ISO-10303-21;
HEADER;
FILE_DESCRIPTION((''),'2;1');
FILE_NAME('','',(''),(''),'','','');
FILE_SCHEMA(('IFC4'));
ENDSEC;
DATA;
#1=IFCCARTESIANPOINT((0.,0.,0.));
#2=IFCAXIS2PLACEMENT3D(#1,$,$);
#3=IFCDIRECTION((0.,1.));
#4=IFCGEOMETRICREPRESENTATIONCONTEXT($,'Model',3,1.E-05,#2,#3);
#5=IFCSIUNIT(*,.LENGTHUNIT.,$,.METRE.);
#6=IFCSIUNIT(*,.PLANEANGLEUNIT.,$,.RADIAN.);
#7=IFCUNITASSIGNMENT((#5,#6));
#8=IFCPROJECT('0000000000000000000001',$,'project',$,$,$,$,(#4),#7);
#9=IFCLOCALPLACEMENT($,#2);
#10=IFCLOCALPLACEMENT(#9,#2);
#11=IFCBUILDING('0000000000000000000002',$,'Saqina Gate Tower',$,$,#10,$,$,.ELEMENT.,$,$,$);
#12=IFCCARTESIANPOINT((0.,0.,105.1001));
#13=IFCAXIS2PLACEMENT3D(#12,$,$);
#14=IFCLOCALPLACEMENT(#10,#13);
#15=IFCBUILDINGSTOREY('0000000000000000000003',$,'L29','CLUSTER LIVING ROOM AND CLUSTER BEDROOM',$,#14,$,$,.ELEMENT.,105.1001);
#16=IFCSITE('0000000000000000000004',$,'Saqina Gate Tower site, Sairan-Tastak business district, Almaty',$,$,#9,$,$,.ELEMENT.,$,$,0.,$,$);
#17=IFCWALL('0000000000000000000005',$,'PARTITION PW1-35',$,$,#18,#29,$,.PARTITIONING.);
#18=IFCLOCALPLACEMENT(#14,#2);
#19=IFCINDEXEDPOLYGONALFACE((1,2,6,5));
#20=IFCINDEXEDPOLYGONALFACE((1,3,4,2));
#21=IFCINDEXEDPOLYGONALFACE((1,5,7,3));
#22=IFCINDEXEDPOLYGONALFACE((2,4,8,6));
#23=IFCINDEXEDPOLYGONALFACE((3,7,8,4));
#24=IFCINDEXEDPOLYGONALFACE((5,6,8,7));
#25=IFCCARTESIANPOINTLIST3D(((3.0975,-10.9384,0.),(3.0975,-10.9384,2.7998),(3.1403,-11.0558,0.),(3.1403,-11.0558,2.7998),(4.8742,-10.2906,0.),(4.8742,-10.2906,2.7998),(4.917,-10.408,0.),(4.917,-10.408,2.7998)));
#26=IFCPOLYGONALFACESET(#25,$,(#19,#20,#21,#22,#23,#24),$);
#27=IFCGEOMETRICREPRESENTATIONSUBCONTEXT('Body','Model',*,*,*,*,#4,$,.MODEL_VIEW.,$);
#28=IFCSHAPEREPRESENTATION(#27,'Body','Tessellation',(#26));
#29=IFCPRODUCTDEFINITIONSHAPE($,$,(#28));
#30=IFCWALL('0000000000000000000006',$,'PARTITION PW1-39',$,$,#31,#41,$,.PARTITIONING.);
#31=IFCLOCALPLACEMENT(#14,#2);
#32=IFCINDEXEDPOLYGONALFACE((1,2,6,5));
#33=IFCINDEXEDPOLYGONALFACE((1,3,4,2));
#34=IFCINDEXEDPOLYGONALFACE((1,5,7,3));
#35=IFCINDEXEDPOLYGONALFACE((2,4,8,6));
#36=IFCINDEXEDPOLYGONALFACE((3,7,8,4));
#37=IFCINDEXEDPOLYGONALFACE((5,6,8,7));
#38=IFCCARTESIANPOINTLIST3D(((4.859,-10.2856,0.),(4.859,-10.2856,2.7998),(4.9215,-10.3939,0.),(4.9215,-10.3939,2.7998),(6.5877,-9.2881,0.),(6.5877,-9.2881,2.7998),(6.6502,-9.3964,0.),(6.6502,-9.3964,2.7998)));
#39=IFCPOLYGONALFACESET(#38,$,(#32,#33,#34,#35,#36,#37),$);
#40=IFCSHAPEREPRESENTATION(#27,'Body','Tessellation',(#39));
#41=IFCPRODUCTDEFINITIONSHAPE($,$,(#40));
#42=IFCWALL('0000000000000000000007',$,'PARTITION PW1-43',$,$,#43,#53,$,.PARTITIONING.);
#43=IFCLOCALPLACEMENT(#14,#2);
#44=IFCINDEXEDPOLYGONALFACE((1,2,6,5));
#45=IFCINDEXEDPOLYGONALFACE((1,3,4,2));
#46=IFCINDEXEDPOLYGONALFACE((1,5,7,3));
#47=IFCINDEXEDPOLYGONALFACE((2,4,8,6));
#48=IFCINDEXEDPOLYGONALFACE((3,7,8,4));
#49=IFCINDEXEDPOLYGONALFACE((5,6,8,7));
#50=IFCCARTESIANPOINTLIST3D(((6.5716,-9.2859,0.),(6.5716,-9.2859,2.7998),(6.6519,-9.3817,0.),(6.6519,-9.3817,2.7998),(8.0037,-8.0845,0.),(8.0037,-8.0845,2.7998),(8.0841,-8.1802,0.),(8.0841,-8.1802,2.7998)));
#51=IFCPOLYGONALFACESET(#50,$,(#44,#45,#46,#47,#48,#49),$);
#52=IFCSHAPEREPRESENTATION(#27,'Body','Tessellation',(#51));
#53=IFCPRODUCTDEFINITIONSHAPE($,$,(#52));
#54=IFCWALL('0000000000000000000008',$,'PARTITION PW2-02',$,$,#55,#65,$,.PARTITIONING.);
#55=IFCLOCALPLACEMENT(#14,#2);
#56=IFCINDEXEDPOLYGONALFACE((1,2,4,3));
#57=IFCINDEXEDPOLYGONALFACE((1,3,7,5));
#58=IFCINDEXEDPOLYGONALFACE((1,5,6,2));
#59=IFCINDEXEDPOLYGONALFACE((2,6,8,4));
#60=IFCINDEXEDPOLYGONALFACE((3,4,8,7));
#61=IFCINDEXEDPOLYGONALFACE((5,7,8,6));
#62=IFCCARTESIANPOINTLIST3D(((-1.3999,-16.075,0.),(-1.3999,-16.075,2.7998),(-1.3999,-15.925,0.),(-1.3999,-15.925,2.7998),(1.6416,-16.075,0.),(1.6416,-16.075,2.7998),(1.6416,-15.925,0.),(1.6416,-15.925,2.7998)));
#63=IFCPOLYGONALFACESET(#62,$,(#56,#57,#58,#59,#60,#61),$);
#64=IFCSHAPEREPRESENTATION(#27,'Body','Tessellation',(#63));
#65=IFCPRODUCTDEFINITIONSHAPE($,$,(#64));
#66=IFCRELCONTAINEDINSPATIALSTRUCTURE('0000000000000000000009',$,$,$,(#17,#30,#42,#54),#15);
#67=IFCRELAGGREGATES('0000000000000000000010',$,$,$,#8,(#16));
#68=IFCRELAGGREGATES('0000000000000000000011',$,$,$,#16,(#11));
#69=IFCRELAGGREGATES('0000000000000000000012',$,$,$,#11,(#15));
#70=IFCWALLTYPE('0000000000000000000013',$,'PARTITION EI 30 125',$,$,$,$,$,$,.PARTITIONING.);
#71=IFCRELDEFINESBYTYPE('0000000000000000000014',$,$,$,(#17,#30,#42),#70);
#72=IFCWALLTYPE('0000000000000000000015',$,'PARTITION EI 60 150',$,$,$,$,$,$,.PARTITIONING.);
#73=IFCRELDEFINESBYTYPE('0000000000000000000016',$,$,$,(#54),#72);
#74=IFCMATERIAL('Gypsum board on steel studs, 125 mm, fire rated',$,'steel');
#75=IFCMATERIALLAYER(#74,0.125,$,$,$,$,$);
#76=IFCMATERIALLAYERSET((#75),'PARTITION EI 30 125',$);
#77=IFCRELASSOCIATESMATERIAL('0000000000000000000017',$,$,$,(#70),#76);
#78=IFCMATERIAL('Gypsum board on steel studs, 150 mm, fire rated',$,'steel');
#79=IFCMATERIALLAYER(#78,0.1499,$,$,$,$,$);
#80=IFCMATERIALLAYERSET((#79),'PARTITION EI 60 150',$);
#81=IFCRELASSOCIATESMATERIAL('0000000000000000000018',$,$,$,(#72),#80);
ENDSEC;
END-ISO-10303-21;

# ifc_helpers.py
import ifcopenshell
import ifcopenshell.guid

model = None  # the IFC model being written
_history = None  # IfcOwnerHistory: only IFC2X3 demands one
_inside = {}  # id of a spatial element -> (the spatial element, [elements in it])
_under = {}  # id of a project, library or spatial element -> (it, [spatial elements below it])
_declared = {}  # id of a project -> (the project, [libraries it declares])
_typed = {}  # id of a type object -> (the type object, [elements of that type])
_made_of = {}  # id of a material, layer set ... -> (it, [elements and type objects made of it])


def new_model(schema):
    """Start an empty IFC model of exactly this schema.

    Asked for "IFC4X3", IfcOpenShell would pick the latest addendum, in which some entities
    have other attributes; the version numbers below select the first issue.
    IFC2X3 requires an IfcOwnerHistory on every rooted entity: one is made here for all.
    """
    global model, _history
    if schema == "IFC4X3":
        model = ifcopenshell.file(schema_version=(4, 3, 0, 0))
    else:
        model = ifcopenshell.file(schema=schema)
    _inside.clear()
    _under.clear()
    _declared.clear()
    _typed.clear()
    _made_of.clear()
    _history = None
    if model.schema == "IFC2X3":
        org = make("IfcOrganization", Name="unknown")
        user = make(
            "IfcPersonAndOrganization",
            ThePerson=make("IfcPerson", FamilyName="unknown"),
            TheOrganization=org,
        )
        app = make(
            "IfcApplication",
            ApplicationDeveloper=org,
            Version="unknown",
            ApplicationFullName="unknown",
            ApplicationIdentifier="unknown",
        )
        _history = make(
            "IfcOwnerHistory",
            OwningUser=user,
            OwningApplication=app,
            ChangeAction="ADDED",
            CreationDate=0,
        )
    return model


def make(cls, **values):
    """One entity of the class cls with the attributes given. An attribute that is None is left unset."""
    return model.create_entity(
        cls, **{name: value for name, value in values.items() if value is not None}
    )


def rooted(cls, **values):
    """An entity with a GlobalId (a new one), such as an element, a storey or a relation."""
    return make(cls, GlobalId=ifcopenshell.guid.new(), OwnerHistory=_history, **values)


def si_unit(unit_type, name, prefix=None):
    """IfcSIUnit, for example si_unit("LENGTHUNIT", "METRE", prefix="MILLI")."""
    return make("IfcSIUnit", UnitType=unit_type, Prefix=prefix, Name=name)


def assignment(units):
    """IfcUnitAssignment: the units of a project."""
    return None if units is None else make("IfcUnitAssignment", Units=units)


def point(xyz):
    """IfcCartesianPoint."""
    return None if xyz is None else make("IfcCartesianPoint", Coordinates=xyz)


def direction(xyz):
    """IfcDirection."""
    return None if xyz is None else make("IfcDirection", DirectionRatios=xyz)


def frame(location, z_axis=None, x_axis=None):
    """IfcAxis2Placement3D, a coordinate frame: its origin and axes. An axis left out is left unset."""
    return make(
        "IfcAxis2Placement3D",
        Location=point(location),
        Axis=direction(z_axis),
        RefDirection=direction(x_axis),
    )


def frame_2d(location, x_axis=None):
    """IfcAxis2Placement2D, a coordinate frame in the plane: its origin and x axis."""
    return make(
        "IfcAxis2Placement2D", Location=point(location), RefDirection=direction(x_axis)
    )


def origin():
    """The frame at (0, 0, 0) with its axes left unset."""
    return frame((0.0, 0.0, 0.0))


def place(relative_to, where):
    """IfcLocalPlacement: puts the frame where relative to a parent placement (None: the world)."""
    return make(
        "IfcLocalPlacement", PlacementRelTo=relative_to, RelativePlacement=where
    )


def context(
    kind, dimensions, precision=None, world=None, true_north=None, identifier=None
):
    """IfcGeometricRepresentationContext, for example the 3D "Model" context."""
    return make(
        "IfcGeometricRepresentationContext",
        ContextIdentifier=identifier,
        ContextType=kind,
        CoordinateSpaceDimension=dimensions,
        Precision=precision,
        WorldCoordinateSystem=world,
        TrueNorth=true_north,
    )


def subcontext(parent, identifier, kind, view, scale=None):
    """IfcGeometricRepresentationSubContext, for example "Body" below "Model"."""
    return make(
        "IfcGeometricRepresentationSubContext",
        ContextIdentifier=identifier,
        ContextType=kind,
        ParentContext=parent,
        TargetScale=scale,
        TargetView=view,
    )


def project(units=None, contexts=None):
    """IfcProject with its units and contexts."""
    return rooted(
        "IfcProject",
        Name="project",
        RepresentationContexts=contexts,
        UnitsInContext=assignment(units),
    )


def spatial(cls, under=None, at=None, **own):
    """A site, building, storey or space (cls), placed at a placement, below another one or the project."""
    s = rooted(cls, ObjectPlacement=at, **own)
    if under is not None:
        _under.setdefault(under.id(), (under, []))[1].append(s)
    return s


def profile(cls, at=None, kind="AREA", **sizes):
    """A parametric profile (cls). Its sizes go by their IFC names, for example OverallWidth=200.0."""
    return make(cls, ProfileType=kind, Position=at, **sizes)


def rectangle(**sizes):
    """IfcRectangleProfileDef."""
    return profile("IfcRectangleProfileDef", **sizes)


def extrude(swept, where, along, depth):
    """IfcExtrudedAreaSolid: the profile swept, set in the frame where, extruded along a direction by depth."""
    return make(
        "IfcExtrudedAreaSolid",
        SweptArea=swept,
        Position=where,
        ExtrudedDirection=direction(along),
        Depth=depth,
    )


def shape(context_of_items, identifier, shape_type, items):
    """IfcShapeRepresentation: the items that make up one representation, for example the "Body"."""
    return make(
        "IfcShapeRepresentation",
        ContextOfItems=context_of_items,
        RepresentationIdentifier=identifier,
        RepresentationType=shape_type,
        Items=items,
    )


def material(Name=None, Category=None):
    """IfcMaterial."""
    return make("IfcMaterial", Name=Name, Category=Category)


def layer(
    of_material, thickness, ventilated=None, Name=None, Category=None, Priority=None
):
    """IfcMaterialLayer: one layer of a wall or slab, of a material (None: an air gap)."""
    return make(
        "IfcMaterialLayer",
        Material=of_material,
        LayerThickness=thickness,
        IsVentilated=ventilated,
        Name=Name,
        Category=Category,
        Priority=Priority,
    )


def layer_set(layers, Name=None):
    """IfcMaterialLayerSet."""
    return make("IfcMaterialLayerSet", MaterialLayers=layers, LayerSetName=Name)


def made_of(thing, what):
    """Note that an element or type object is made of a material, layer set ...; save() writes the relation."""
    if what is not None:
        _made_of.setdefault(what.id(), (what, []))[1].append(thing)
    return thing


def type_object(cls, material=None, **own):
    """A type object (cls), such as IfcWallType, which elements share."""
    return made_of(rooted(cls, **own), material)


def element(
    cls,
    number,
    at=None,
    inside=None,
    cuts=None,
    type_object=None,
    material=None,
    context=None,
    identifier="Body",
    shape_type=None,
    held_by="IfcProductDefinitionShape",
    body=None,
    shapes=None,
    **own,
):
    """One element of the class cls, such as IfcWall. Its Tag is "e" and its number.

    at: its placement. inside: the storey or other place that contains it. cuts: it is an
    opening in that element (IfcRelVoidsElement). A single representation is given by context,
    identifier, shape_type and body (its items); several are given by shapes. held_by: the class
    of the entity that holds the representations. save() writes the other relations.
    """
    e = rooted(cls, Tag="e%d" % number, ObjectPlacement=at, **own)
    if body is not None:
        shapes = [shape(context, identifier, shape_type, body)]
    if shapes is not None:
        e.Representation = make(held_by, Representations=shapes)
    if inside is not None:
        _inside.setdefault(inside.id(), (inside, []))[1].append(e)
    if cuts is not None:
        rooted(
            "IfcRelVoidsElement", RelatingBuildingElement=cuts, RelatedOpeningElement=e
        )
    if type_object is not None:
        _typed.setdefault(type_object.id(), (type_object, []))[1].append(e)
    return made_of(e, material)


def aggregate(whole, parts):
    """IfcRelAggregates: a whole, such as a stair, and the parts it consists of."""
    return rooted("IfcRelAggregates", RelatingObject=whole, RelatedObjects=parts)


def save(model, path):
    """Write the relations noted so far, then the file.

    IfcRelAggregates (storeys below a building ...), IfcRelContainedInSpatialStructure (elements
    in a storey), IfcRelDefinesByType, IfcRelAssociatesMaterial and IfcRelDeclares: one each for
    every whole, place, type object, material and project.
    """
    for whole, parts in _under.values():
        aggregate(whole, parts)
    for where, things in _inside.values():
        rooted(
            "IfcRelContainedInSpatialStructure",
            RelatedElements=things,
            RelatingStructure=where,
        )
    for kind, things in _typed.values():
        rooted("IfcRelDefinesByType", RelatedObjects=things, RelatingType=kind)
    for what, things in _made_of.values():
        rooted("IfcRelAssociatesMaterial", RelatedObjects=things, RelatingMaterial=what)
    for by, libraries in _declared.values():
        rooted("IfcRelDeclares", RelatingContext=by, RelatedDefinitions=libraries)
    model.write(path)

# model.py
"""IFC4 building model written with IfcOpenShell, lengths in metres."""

from ifc_helpers import new_model, si_unit, direction, frame, frame_2d, origin, place, context, subcontext, project, spatial, rectangle, extrude, material, layer, layer_set, type_object, element, save


model = new_model("IFC4")

# Units and contexts
model_context = context("Model", 3, precision=1e-05, world=origin(), true_north=direction((0.0, 1.0)))
body_context = subcontext(model_context, "Body", "Model", "MODEL_VIEW")
ifc_project = project(units=[si_unit("LENGTHUNIT", "METRE"), si_unit("PLANEANGLEUNIT", "RADIAN")], contexts=[model_context])

# Site, building, storey
site_placement = place(None, origin())
site = spatial("IfcSite", under=ifc_project, at=site_placement, Name="Saqina Gate Tower site, Sairan-Tastak business district, Almaty", CompositionType="ELEMENT", RefElevation=0.0)
building_placement = place(site_placement, origin())
building = spatial("IfcBuilding", under=site, at=building_placement, Name="Saqina Gate Tower", CompositionType="ELEMENT")
storey_placement = place(building_placement, frame((0.0, 0.0, 105.1001)))
storey = spatial("IfcBuildingStorey", under=building, at=storey_placement, Name="L29", Description="CLUSTER LIVING ROOM AND CLUSTER BEDROOM", CompositionType="ELEMENT", Elevation=105.1001)

# Shared definitions
ifc_material_1 = material(Name="Gypsum board on steel studs, 125 mm, fire rated", Category="steel")
ifc_layer_1 = layer(ifc_material_1, 0.125)
ifc_layer_set_1 = layer_set([ifc_layer_1], Name="PARTITION EI 30 125")
wall_type_1 = type_object("IfcWallType", Name="PARTITION EI 30 125", PredefinedType="PARTITIONING", material=ifc_layer_set_1)

# Walls
wall_1_placement = place(storey_placement, frame((3.1189, -10.9971, 0.0), z_axis=(0.0, 0.0, 1.0), x_axis=(0.93951, 0.34252, 0.0)))
element("IfcWall", 1, at=wall_1_placement, inside=storey, type_object=wall_type_1, Name="PARTITION PW1-35", PredefinedType="PARTITIONING", context=body_context, shape_type="SweptSolid", body=[
    extrude(rectangle(XDim=1.8911, YDim=0.125, at=frame_2d((0.9456, 0.0))), origin(), (0.0, 0.0, 1.0), 2.7998),
])
wall_2_placement = place(storey_placement, frame((4.8901, -10.3398, 0.0), z_axis=(0.0, 0.0, 1.0), x_axis=(0.866143, 0.499797, 0.0)))
element("IfcWall", 2, at=wall_2_placement, inside=storey, type_object=wall_type_1, Name="PARTITION PW1-39", PredefinedType="PARTITIONING", context=body_context, shape_type="SweptSolid", body=[
    extrude(rectangle(XDim=1.9958, YDim=0.125, at=frame_2d((0.998, 0.0))), origin(), (0.0, 0.0, 1.0), 2.7998),
])
wall_3_placement = place(storey_placement, frame((6.6118, -9.3337, 0.0), z_axis=(0.0, 0.0, 1.0), x_axis=(0.766119, 0.642699, 0.0)))
element("IfcWall", 3, at=wall_3_placement, inside=storey, type_object=wall_type_1, Name="PARTITION PW1-43", PredefinedType="PARTITIONING", context=body_context, shape_type="SweptSolid", body=[
    extrude(rectangle(XDim=1.8694, YDim=0.125, at=frame_2d((0.9346, 0.0))), origin(), (0.0, 0.0, 1.0), 2.7998),
])
ifc_material_2 = material(Name="Gypsum board on steel studs, 150 mm, fire rated", Category="steel")
ifc_layer_2 = layer(ifc_material_2, 0.1499)
ifc_layer_set_2 = layer_set([ifc_layer_2], Name="PARTITION EI 60 150")
wall_type_2 = type_object("IfcWallType", Name="PARTITION EI 60 150", PredefinedType="PARTITIONING", material=ifc_layer_set_2)
wall_4_placement = place(storey_placement, frame((-1.3999, -16.0, 0.0), z_axis=(0.0, 0.0, 1.0), x_axis=(1.0, 0.0, 0.0)))
element("IfcWall", 4, at=wall_4_placement, inside=storey, type_object=wall_type_2, Name="PARTITION PW2-02", PredefinedType="PARTITIONING", context=body_context, shape_type="SweptSolid", body=[
    extrude(rectangle(XDim=3.0415, YDim=0.1499, at=frame_2d((1.5208, 0.0))), origin(), (0.0, 0.0, 1.0), 2.7998),
])

save(model, "model.ifc")
